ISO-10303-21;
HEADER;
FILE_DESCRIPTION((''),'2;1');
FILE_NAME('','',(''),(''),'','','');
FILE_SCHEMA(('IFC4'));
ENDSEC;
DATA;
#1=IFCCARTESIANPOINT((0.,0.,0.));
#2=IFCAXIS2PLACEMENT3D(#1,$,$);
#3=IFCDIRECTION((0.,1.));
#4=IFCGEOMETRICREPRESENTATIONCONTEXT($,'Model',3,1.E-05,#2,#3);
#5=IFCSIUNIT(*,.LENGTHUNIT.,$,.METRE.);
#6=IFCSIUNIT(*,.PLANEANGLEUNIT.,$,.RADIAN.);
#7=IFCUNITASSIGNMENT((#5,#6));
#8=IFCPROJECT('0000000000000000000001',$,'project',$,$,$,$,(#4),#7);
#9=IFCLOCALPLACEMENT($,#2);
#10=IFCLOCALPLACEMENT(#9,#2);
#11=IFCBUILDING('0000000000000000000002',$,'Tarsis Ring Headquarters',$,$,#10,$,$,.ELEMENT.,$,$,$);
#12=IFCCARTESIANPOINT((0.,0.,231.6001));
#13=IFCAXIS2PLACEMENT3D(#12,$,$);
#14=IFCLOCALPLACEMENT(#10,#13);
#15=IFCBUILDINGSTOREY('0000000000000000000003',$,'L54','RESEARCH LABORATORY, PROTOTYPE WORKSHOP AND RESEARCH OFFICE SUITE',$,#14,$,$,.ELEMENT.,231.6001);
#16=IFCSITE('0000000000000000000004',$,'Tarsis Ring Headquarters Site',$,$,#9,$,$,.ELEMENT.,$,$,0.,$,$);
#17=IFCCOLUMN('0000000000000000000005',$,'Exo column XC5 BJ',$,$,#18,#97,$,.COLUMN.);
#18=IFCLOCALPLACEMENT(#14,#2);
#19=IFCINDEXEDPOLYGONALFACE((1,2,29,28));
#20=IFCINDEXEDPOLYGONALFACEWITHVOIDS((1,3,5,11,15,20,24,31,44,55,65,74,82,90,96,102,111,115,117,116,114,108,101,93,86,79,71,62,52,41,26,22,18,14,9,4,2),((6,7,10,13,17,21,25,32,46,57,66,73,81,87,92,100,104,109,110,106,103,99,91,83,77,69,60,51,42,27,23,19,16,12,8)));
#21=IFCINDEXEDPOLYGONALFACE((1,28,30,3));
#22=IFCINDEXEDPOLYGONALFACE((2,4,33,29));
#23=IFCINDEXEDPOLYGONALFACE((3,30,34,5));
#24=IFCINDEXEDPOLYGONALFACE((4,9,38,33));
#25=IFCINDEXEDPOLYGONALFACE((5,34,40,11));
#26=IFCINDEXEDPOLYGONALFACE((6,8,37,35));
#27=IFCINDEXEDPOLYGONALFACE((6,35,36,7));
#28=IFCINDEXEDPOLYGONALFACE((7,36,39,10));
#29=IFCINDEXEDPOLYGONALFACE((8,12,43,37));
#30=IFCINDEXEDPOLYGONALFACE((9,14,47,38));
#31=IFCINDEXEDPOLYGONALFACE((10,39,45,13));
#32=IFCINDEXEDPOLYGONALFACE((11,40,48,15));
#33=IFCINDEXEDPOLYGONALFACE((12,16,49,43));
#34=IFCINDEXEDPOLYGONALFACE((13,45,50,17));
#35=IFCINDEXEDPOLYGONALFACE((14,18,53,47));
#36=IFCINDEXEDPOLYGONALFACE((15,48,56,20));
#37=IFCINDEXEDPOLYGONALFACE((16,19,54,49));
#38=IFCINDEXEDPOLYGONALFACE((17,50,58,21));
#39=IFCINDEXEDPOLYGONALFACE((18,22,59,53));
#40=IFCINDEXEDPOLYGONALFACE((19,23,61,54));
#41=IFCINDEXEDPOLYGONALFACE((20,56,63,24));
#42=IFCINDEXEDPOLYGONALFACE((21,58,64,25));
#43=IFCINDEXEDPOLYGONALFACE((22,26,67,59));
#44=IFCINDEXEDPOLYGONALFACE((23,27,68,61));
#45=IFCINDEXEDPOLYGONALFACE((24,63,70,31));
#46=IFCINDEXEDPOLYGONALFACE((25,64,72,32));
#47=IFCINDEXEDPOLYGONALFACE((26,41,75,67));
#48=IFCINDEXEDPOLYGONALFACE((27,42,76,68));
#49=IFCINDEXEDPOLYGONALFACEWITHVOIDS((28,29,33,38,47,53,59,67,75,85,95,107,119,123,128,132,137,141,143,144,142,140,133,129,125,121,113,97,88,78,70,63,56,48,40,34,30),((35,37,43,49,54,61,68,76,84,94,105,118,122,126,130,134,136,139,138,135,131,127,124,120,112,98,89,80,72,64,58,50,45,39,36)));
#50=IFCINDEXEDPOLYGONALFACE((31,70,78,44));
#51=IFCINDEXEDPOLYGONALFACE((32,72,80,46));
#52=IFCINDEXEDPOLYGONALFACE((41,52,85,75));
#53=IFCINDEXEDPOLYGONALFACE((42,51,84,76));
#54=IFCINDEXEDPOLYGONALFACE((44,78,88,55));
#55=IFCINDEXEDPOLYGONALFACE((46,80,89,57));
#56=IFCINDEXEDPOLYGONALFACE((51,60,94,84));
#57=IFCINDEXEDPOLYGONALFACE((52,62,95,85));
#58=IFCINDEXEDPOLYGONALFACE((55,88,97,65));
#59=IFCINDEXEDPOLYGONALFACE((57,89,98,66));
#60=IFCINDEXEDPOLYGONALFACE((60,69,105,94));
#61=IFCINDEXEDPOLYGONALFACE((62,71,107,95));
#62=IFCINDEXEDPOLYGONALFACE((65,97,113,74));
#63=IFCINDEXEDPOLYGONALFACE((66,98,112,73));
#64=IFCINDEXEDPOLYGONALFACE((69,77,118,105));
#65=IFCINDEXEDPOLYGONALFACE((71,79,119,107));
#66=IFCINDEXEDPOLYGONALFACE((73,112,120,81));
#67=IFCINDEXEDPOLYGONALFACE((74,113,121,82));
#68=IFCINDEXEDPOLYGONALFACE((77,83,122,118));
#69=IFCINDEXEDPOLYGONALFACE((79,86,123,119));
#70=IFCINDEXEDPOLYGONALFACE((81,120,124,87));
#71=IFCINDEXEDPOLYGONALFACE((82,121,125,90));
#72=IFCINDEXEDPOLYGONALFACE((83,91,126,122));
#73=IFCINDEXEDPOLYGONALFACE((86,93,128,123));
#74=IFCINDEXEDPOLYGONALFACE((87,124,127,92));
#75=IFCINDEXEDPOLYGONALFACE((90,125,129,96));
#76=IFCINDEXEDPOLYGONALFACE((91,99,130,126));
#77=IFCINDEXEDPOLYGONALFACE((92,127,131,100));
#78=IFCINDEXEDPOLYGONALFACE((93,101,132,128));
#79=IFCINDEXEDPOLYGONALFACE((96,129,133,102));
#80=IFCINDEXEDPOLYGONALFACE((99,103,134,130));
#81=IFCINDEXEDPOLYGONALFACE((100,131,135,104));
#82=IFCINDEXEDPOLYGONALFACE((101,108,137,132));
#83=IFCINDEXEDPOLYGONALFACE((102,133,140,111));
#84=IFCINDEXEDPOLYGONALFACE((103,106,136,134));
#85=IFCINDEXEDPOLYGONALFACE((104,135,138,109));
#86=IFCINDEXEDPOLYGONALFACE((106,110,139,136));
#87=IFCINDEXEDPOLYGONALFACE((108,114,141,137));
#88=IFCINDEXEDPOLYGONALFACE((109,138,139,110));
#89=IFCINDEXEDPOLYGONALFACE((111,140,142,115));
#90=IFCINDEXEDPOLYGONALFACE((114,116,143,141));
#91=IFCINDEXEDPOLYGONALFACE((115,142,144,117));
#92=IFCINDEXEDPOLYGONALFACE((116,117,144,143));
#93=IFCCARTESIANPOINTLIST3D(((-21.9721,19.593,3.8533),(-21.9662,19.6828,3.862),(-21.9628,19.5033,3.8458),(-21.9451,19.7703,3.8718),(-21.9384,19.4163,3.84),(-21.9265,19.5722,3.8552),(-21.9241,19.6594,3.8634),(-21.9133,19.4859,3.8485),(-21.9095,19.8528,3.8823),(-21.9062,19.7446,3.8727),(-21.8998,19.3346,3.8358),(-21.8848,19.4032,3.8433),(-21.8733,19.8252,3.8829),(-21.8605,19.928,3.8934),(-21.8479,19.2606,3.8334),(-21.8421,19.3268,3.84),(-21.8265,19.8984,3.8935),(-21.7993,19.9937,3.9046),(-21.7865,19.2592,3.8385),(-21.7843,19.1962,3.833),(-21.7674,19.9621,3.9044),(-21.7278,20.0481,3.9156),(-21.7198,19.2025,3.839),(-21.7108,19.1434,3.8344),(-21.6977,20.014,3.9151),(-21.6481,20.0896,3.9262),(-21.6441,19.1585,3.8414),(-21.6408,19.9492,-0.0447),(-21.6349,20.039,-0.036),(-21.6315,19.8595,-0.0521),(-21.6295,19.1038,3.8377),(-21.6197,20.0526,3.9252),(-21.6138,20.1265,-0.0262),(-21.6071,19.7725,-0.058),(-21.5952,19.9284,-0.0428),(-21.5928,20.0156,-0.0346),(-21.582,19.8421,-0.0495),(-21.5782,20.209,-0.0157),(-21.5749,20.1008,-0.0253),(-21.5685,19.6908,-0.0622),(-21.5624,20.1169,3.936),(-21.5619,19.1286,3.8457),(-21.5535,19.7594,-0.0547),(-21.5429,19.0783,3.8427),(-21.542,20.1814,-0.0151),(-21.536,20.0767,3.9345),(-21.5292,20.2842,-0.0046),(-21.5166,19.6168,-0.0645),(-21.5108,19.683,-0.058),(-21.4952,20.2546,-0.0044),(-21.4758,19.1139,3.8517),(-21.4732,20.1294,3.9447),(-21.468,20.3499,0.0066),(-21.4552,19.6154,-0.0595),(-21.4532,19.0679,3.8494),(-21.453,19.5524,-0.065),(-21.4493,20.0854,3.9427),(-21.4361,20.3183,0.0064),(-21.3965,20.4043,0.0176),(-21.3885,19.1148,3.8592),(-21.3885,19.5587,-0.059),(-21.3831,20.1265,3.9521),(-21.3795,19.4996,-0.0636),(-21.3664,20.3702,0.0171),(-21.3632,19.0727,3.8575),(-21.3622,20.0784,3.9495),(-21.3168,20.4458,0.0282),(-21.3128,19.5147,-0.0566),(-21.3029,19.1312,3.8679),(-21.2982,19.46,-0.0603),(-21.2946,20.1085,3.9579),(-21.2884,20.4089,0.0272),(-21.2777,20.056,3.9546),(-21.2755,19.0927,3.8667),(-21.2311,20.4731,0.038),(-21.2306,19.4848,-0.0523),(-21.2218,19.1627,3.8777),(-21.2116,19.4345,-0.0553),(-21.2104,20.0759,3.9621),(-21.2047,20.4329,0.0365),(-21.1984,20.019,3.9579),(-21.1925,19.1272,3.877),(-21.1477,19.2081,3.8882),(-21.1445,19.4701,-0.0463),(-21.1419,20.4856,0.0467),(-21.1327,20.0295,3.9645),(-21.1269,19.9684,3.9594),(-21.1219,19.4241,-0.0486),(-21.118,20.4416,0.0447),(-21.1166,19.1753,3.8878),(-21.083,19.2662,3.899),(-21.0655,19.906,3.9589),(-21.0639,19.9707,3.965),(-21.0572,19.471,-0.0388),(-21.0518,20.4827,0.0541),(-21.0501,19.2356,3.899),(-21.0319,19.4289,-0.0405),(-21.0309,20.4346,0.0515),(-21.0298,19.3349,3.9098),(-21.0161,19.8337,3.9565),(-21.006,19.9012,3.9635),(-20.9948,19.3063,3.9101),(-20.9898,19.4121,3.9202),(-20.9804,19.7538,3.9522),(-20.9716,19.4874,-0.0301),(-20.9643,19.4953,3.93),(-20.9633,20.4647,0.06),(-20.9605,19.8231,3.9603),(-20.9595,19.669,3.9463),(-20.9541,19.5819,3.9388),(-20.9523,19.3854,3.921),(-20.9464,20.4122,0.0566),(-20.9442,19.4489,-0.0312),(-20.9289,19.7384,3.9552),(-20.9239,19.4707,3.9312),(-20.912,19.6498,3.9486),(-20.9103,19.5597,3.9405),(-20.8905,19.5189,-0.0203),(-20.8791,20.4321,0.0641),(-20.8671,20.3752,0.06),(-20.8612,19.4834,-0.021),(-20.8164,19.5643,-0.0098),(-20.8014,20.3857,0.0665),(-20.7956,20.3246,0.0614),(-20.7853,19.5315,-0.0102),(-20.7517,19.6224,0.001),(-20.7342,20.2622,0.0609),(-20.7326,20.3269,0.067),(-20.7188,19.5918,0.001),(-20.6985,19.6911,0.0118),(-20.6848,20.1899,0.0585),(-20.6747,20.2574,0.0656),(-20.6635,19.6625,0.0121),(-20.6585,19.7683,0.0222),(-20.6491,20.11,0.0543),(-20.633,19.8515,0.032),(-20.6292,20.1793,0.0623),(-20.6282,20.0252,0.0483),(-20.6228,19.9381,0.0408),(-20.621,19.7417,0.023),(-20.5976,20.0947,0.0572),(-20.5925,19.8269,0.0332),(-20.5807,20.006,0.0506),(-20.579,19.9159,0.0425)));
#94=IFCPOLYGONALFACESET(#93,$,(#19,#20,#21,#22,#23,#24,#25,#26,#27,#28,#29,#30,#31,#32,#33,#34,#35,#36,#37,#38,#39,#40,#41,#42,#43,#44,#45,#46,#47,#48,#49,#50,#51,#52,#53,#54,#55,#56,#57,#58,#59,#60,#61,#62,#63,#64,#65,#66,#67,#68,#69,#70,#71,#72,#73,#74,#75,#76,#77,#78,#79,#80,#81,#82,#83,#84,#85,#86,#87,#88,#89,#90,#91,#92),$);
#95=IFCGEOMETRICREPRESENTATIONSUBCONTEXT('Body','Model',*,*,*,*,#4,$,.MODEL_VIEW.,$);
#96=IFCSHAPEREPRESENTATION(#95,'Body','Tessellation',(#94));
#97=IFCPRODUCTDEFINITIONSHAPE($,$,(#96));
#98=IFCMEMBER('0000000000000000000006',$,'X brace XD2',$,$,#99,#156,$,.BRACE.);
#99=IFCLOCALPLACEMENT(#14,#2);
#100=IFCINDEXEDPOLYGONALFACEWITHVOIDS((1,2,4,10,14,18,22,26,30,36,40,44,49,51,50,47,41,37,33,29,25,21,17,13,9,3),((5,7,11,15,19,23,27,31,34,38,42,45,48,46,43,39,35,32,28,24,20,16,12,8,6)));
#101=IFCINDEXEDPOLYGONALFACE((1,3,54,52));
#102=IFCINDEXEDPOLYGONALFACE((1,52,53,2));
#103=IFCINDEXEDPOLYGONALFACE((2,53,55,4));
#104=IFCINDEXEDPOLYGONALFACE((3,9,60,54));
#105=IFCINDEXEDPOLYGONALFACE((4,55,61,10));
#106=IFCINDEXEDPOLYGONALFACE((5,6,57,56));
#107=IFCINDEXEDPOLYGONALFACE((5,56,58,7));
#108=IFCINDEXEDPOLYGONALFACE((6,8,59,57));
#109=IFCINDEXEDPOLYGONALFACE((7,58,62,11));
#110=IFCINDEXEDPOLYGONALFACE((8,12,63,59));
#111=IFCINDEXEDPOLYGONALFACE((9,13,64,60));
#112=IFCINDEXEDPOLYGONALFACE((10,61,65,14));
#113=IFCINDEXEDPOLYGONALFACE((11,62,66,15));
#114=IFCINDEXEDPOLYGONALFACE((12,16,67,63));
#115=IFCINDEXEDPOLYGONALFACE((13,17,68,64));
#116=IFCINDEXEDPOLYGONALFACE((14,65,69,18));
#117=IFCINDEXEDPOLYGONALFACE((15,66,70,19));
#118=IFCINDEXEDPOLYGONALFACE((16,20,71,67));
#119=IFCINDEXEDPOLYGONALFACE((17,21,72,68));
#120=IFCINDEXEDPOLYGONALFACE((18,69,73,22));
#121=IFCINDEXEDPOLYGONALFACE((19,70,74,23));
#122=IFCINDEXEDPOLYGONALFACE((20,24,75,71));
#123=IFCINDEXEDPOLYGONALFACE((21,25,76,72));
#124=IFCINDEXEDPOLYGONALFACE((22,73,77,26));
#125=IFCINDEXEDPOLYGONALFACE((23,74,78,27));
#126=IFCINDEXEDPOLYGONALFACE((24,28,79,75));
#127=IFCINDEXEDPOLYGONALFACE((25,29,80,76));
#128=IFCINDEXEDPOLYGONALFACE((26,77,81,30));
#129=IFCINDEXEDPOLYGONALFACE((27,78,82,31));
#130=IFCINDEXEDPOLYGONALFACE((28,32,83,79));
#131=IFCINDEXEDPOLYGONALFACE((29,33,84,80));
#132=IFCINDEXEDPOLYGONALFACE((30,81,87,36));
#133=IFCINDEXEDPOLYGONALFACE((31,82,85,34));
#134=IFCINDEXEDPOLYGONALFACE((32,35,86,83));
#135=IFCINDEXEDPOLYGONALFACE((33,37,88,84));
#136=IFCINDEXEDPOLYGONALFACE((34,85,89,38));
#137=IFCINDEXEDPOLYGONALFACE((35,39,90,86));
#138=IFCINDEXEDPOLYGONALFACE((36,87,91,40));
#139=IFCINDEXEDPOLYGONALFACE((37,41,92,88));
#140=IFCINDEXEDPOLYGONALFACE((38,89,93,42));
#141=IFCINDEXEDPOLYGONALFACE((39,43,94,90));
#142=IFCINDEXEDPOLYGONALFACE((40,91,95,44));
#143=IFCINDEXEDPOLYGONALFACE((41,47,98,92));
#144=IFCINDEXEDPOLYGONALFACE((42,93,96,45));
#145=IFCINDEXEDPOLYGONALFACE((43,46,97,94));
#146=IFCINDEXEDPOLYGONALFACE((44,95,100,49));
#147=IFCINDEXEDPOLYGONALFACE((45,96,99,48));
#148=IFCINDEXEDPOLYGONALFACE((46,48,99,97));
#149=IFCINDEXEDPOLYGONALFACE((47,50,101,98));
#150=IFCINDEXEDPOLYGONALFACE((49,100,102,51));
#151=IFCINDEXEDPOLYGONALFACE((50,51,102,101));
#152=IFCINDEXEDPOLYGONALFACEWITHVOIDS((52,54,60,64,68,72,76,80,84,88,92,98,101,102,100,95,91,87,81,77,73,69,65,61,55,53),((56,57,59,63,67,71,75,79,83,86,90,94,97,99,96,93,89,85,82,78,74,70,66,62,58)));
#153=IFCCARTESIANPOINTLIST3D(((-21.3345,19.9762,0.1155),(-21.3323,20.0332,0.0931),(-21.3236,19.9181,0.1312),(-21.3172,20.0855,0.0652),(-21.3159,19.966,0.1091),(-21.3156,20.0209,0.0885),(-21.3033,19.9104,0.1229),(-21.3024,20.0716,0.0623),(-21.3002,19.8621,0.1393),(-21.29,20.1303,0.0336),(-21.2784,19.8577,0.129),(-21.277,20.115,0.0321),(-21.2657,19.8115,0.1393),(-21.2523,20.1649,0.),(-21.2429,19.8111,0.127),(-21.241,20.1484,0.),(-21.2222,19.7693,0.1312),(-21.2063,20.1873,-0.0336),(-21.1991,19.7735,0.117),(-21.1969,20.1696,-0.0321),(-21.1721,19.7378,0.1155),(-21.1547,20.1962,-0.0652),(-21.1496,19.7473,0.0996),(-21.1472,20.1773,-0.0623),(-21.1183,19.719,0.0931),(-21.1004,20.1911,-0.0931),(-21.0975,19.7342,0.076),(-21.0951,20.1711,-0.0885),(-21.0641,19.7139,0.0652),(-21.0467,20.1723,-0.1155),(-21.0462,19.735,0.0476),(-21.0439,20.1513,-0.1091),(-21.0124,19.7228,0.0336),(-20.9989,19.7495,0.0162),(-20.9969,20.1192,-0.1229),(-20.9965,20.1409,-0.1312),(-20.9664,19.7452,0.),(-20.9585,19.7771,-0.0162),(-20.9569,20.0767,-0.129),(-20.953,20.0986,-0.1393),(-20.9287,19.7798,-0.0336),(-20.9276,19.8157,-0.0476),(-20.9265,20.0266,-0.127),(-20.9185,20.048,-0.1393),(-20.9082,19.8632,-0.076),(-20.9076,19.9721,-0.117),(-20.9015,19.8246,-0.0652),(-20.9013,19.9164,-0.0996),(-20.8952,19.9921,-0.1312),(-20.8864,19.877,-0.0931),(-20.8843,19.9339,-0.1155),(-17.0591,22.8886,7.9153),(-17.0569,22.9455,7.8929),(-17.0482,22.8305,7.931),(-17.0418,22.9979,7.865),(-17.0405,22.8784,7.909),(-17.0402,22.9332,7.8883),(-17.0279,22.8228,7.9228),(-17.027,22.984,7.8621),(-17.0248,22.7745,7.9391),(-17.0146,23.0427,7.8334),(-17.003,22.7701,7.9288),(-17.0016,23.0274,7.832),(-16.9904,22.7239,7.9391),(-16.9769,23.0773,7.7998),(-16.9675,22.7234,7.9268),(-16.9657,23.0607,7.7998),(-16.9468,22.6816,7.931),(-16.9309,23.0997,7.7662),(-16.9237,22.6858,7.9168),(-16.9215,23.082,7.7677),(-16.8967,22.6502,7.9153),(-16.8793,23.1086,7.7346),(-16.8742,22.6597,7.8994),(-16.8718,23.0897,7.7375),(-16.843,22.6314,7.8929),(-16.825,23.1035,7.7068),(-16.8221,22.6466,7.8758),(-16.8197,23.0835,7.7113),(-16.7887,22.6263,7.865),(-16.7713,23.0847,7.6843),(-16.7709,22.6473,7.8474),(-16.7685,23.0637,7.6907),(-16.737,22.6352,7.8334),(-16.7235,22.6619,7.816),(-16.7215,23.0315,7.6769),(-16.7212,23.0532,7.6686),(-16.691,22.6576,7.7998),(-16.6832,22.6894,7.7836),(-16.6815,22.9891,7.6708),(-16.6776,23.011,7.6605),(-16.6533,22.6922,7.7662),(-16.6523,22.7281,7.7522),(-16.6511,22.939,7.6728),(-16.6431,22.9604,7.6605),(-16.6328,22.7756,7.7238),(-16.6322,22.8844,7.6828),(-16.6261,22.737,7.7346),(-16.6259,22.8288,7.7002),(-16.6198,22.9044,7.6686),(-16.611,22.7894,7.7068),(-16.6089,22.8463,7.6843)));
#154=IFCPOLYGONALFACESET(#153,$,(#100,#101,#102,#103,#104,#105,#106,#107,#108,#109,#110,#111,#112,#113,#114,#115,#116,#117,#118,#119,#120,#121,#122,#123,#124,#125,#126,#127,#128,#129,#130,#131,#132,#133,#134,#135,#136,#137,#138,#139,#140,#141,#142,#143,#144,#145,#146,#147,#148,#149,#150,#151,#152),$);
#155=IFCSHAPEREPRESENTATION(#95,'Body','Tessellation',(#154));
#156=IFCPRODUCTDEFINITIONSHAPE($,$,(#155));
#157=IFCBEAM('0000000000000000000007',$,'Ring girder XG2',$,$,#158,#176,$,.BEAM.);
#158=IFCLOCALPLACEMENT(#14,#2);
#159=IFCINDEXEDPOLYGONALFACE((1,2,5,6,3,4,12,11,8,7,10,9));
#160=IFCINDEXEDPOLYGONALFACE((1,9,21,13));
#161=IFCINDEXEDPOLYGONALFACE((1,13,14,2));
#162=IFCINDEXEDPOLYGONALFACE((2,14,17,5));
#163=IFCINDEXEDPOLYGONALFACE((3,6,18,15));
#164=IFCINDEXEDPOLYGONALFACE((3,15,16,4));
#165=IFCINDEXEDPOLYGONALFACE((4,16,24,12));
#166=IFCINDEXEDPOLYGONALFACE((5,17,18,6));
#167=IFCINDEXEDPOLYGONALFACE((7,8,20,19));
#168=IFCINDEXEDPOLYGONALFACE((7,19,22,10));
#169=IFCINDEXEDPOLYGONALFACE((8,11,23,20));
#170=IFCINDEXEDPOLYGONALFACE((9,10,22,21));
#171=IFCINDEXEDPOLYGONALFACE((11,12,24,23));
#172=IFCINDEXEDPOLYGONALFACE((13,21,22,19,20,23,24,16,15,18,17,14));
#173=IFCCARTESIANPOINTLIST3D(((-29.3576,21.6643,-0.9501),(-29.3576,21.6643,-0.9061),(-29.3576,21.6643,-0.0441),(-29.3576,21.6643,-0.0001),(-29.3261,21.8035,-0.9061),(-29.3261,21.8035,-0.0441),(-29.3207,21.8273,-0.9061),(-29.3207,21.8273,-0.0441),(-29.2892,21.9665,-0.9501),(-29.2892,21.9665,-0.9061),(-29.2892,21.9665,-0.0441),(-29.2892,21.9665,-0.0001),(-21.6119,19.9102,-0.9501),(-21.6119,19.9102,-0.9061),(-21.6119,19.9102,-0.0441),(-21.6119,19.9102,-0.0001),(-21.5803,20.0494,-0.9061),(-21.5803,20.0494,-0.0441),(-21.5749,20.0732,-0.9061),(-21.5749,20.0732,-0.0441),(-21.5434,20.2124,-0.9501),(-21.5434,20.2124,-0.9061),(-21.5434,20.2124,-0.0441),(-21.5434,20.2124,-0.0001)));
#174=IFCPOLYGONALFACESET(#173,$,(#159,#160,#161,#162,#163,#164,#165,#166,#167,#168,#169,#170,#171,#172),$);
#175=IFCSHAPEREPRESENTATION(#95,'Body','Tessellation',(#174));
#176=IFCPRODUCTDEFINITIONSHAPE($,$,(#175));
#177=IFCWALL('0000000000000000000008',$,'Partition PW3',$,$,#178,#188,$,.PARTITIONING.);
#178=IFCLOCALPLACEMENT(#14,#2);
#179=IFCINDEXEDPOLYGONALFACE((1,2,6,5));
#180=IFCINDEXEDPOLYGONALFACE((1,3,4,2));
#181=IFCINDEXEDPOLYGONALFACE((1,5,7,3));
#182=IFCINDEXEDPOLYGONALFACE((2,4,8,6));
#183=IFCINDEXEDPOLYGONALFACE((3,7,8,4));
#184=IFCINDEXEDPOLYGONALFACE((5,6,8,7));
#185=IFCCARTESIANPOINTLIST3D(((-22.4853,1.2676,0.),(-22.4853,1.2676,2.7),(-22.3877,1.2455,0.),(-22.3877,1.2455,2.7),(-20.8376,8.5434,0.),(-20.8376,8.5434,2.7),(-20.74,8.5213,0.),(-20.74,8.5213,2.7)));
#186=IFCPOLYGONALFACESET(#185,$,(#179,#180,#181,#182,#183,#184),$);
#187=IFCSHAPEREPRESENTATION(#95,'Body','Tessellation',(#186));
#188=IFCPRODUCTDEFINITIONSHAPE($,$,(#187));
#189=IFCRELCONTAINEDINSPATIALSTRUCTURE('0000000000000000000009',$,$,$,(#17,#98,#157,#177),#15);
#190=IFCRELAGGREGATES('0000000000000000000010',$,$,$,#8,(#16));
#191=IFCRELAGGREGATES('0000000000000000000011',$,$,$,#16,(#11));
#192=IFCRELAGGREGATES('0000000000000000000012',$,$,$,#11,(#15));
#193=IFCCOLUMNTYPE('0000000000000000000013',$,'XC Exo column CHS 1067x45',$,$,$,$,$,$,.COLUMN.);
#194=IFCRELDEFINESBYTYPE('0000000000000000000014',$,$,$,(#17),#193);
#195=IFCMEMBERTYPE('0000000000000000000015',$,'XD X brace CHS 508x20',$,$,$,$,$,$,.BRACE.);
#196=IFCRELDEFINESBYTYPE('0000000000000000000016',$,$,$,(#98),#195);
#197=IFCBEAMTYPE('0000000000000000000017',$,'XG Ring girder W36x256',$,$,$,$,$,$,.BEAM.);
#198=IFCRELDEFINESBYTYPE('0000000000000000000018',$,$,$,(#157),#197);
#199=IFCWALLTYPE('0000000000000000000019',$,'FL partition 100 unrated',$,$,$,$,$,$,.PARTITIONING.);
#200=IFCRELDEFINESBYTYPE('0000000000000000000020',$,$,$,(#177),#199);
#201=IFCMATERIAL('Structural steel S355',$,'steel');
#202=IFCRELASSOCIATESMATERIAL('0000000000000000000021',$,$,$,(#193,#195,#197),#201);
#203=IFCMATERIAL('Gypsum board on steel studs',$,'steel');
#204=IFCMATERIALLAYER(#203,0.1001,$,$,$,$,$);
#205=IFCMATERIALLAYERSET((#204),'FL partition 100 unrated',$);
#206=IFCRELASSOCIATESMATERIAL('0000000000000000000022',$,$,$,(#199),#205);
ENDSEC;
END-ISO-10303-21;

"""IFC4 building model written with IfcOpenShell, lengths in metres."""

from ifc_helpers import new_model, si_unit, direction, frame, frame_2d, origin, origin_2d, place, context, subcontext, project, spatial, rectangle, hollow_circle, i_section, extrude, material, layer, layer_set, material_profile, profile_set, type_object, element, save


model = new_model("IFC4")

# Units and contexts
model_context = context("Model", 3, precision=1e-05, world=origin(), true_north=direction((0.0, 1.0)))
body_context = subcontext(model_context, "Body", "Model", "MODEL_VIEW")
ifc_project = project(units=[si_unit("LENGTHUNIT", "METRE"), si_unit("PLANEANGLEUNIT", "RADIAN")], contexts=[model_context])

# Site, building, storey
site_placement = place(None, origin())
site = spatial("IfcSite", under=ifc_project, at=site_placement, Name="Tarsis Ring Headquarters Site", CompositionType="ELEMENT", RefElevation=0.0)
building_placement = place(site_placement, origin())
building = spatial("IfcBuilding", under=site, at=building_placement, Name="Tarsis Ring Headquarters", CompositionType="ELEMENT")
storey_placement = place(building_placement, frame((0.0, 0.0, 231.6001)))
storey = spatial("IfcBuildingStorey", under=building, at=storey_placement, Name="L54", Description="RESEARCH LABORATORY, PROTOTYPE WORKSHOP AND RESEARCH OFFICE SUITE", CompositionType="ELEMENT", Elevation=231.6001)

# Column
ifc_material_1 = material(Name="Structural steel S355", Category="steel")
ifc_material_profile_1 = material_profile(ifc_material_1, hollow_circle(Radius=0.5334, WallThickness=0.0449, at=origin_2d()), Name="CHS 1067x45")
ifc_profile_set_1 = profile_set([ifc_material_profile_1], Name="Structural steel S355")
column_type = type_object("IfcColumnType", Name="XC Exo column CHS 1067x45", PredefinedType="COLUMN", material=ifc_profile_set_1)
column_placement = place(storey_placement, frame((-21.1094, 19.9551, 0.001), z_axis=(-0.084339, -0.090678, 0.992303), x_axis=(0.732239, -0.681048, 0.0)))
element("IfcColumn", 1, at=column_placement, inside=storey, type_object=column_type, Name="Exo column XC5 BJ", PredefinedType="COLUMN", context=body_context, shape_type="SweptSolid", body=[
    extrude(hollow_circle(Radius=0.5334, WallThickness=0.0449, at=origin_2d()), origin(), (0.0, 0.0, 1.0), 3.9282),
])

# Member
ifc_material_profile_2 = material_profile(ifc_material_1, hollow_circle(Radius=0.2539, WallThickness=0.02, at=origin_2d()), Name="CHS 508x20")
ifc_profile_set_2 = profile_set([ifc_material_profile_2], Name="Structural steel S355")
member_type = type_object("IfcMemberType", Name="XD X brace CHS 508x20", PredefinedType="BRACE", material=ifc_profile_set_2)
member_placement = place(storey_placement, frame((-21.1094, 19.9551, 0.0), z_axis=(0.456803, 0.31117, 0.833369), x_axis=(-0.562982, 0.826469, 0.0)))
element("IfcMember", 2, at=member_placement, inside=storey, type_object=member_type, Name="X brace XD2", PredefinedType="BRACE", context=body_context, shape_type="SweptSolid", body=[
    extrude(hollow_circle(Radius=0.2539, WallThickness=0.02, at=origin_2d()), origin(), (0.0, 0.0, 1.0), 9.3594),
])

# Beam
ifc_material_profile_3 = material_profile(ifc_material_1, i_section(OverallWidth=0.3098, OverallDepth=0.95, WebThickness=0.0244, FlangeThickness=0.0439, at=origin_2d()), Name="W36x256")
ifc_profile_set_3 = profile_set([ifc_material_profile_3], Name="Structural steel S355")
beam_type = type_object("IfcBeamType", Name="XG Ring girder W36x256", PredefinedType="BEAM", material=ifc_profile_set_3)
beam_placement = place(storey_placement, frame((-21.5776, 20.0613, -0.4751), z_axis=(-0.975303, 0.22087, 0.0), x_axis=(-0.22087, -0.975303, 0.0)))
element("IfcBeam", 3, at=beam_placement, inside=storey, type_object=beam_type, Name="Ring girder XG2", PredefinedType="BEAM", context=body_context, shape_type="SweptSolid", body=[
    extrude(i_section(OverallWidth=0.3098, OverallDepth=0.95, WebThickness=0.0244, FlangeThickness=0.0439, at=origin_2d()), origin(), (0.0, 0.0, 1.0), 7.9419),
])

# Wall
ifc_material_2 = material(Name="Gypsum board on steel studs", Category="steel")
ifc_layer_1 = layer(ifc_material_2, 0.1001)
ifc_layer_set_1 = layer_set([ifc_layer_1], Name="FL partition 100 unrated")
wall_type_1 = type_object("IfcWallType", Name="FL partition 100 unrated", PredefinedType="PARTITIONING", material=ifc_layer_set_1)
wall_1_placement = place(storey_placement, frame((-22.4365, 1.2566, 0.0), z_axis=(0.0, 0.0, 1.0), x_axis=(0.220876, 0.975302, 0.0)))
element("IfcWall", 4, at=wall_1_placement, inside=storey, type_object=wall_type_1, Name="Partition PW3", PredefinedType="PARTITIONING", context=body_context, shape_type="SweptSolid", body=[
    extrude(rectangle(XDim=7.46, YDim=0.1001, at=frame_2d((3.73, 0.0))), origin(), (0.0, 0.0, 1.0), 2.7),
])

save(model, "model.ifc")
